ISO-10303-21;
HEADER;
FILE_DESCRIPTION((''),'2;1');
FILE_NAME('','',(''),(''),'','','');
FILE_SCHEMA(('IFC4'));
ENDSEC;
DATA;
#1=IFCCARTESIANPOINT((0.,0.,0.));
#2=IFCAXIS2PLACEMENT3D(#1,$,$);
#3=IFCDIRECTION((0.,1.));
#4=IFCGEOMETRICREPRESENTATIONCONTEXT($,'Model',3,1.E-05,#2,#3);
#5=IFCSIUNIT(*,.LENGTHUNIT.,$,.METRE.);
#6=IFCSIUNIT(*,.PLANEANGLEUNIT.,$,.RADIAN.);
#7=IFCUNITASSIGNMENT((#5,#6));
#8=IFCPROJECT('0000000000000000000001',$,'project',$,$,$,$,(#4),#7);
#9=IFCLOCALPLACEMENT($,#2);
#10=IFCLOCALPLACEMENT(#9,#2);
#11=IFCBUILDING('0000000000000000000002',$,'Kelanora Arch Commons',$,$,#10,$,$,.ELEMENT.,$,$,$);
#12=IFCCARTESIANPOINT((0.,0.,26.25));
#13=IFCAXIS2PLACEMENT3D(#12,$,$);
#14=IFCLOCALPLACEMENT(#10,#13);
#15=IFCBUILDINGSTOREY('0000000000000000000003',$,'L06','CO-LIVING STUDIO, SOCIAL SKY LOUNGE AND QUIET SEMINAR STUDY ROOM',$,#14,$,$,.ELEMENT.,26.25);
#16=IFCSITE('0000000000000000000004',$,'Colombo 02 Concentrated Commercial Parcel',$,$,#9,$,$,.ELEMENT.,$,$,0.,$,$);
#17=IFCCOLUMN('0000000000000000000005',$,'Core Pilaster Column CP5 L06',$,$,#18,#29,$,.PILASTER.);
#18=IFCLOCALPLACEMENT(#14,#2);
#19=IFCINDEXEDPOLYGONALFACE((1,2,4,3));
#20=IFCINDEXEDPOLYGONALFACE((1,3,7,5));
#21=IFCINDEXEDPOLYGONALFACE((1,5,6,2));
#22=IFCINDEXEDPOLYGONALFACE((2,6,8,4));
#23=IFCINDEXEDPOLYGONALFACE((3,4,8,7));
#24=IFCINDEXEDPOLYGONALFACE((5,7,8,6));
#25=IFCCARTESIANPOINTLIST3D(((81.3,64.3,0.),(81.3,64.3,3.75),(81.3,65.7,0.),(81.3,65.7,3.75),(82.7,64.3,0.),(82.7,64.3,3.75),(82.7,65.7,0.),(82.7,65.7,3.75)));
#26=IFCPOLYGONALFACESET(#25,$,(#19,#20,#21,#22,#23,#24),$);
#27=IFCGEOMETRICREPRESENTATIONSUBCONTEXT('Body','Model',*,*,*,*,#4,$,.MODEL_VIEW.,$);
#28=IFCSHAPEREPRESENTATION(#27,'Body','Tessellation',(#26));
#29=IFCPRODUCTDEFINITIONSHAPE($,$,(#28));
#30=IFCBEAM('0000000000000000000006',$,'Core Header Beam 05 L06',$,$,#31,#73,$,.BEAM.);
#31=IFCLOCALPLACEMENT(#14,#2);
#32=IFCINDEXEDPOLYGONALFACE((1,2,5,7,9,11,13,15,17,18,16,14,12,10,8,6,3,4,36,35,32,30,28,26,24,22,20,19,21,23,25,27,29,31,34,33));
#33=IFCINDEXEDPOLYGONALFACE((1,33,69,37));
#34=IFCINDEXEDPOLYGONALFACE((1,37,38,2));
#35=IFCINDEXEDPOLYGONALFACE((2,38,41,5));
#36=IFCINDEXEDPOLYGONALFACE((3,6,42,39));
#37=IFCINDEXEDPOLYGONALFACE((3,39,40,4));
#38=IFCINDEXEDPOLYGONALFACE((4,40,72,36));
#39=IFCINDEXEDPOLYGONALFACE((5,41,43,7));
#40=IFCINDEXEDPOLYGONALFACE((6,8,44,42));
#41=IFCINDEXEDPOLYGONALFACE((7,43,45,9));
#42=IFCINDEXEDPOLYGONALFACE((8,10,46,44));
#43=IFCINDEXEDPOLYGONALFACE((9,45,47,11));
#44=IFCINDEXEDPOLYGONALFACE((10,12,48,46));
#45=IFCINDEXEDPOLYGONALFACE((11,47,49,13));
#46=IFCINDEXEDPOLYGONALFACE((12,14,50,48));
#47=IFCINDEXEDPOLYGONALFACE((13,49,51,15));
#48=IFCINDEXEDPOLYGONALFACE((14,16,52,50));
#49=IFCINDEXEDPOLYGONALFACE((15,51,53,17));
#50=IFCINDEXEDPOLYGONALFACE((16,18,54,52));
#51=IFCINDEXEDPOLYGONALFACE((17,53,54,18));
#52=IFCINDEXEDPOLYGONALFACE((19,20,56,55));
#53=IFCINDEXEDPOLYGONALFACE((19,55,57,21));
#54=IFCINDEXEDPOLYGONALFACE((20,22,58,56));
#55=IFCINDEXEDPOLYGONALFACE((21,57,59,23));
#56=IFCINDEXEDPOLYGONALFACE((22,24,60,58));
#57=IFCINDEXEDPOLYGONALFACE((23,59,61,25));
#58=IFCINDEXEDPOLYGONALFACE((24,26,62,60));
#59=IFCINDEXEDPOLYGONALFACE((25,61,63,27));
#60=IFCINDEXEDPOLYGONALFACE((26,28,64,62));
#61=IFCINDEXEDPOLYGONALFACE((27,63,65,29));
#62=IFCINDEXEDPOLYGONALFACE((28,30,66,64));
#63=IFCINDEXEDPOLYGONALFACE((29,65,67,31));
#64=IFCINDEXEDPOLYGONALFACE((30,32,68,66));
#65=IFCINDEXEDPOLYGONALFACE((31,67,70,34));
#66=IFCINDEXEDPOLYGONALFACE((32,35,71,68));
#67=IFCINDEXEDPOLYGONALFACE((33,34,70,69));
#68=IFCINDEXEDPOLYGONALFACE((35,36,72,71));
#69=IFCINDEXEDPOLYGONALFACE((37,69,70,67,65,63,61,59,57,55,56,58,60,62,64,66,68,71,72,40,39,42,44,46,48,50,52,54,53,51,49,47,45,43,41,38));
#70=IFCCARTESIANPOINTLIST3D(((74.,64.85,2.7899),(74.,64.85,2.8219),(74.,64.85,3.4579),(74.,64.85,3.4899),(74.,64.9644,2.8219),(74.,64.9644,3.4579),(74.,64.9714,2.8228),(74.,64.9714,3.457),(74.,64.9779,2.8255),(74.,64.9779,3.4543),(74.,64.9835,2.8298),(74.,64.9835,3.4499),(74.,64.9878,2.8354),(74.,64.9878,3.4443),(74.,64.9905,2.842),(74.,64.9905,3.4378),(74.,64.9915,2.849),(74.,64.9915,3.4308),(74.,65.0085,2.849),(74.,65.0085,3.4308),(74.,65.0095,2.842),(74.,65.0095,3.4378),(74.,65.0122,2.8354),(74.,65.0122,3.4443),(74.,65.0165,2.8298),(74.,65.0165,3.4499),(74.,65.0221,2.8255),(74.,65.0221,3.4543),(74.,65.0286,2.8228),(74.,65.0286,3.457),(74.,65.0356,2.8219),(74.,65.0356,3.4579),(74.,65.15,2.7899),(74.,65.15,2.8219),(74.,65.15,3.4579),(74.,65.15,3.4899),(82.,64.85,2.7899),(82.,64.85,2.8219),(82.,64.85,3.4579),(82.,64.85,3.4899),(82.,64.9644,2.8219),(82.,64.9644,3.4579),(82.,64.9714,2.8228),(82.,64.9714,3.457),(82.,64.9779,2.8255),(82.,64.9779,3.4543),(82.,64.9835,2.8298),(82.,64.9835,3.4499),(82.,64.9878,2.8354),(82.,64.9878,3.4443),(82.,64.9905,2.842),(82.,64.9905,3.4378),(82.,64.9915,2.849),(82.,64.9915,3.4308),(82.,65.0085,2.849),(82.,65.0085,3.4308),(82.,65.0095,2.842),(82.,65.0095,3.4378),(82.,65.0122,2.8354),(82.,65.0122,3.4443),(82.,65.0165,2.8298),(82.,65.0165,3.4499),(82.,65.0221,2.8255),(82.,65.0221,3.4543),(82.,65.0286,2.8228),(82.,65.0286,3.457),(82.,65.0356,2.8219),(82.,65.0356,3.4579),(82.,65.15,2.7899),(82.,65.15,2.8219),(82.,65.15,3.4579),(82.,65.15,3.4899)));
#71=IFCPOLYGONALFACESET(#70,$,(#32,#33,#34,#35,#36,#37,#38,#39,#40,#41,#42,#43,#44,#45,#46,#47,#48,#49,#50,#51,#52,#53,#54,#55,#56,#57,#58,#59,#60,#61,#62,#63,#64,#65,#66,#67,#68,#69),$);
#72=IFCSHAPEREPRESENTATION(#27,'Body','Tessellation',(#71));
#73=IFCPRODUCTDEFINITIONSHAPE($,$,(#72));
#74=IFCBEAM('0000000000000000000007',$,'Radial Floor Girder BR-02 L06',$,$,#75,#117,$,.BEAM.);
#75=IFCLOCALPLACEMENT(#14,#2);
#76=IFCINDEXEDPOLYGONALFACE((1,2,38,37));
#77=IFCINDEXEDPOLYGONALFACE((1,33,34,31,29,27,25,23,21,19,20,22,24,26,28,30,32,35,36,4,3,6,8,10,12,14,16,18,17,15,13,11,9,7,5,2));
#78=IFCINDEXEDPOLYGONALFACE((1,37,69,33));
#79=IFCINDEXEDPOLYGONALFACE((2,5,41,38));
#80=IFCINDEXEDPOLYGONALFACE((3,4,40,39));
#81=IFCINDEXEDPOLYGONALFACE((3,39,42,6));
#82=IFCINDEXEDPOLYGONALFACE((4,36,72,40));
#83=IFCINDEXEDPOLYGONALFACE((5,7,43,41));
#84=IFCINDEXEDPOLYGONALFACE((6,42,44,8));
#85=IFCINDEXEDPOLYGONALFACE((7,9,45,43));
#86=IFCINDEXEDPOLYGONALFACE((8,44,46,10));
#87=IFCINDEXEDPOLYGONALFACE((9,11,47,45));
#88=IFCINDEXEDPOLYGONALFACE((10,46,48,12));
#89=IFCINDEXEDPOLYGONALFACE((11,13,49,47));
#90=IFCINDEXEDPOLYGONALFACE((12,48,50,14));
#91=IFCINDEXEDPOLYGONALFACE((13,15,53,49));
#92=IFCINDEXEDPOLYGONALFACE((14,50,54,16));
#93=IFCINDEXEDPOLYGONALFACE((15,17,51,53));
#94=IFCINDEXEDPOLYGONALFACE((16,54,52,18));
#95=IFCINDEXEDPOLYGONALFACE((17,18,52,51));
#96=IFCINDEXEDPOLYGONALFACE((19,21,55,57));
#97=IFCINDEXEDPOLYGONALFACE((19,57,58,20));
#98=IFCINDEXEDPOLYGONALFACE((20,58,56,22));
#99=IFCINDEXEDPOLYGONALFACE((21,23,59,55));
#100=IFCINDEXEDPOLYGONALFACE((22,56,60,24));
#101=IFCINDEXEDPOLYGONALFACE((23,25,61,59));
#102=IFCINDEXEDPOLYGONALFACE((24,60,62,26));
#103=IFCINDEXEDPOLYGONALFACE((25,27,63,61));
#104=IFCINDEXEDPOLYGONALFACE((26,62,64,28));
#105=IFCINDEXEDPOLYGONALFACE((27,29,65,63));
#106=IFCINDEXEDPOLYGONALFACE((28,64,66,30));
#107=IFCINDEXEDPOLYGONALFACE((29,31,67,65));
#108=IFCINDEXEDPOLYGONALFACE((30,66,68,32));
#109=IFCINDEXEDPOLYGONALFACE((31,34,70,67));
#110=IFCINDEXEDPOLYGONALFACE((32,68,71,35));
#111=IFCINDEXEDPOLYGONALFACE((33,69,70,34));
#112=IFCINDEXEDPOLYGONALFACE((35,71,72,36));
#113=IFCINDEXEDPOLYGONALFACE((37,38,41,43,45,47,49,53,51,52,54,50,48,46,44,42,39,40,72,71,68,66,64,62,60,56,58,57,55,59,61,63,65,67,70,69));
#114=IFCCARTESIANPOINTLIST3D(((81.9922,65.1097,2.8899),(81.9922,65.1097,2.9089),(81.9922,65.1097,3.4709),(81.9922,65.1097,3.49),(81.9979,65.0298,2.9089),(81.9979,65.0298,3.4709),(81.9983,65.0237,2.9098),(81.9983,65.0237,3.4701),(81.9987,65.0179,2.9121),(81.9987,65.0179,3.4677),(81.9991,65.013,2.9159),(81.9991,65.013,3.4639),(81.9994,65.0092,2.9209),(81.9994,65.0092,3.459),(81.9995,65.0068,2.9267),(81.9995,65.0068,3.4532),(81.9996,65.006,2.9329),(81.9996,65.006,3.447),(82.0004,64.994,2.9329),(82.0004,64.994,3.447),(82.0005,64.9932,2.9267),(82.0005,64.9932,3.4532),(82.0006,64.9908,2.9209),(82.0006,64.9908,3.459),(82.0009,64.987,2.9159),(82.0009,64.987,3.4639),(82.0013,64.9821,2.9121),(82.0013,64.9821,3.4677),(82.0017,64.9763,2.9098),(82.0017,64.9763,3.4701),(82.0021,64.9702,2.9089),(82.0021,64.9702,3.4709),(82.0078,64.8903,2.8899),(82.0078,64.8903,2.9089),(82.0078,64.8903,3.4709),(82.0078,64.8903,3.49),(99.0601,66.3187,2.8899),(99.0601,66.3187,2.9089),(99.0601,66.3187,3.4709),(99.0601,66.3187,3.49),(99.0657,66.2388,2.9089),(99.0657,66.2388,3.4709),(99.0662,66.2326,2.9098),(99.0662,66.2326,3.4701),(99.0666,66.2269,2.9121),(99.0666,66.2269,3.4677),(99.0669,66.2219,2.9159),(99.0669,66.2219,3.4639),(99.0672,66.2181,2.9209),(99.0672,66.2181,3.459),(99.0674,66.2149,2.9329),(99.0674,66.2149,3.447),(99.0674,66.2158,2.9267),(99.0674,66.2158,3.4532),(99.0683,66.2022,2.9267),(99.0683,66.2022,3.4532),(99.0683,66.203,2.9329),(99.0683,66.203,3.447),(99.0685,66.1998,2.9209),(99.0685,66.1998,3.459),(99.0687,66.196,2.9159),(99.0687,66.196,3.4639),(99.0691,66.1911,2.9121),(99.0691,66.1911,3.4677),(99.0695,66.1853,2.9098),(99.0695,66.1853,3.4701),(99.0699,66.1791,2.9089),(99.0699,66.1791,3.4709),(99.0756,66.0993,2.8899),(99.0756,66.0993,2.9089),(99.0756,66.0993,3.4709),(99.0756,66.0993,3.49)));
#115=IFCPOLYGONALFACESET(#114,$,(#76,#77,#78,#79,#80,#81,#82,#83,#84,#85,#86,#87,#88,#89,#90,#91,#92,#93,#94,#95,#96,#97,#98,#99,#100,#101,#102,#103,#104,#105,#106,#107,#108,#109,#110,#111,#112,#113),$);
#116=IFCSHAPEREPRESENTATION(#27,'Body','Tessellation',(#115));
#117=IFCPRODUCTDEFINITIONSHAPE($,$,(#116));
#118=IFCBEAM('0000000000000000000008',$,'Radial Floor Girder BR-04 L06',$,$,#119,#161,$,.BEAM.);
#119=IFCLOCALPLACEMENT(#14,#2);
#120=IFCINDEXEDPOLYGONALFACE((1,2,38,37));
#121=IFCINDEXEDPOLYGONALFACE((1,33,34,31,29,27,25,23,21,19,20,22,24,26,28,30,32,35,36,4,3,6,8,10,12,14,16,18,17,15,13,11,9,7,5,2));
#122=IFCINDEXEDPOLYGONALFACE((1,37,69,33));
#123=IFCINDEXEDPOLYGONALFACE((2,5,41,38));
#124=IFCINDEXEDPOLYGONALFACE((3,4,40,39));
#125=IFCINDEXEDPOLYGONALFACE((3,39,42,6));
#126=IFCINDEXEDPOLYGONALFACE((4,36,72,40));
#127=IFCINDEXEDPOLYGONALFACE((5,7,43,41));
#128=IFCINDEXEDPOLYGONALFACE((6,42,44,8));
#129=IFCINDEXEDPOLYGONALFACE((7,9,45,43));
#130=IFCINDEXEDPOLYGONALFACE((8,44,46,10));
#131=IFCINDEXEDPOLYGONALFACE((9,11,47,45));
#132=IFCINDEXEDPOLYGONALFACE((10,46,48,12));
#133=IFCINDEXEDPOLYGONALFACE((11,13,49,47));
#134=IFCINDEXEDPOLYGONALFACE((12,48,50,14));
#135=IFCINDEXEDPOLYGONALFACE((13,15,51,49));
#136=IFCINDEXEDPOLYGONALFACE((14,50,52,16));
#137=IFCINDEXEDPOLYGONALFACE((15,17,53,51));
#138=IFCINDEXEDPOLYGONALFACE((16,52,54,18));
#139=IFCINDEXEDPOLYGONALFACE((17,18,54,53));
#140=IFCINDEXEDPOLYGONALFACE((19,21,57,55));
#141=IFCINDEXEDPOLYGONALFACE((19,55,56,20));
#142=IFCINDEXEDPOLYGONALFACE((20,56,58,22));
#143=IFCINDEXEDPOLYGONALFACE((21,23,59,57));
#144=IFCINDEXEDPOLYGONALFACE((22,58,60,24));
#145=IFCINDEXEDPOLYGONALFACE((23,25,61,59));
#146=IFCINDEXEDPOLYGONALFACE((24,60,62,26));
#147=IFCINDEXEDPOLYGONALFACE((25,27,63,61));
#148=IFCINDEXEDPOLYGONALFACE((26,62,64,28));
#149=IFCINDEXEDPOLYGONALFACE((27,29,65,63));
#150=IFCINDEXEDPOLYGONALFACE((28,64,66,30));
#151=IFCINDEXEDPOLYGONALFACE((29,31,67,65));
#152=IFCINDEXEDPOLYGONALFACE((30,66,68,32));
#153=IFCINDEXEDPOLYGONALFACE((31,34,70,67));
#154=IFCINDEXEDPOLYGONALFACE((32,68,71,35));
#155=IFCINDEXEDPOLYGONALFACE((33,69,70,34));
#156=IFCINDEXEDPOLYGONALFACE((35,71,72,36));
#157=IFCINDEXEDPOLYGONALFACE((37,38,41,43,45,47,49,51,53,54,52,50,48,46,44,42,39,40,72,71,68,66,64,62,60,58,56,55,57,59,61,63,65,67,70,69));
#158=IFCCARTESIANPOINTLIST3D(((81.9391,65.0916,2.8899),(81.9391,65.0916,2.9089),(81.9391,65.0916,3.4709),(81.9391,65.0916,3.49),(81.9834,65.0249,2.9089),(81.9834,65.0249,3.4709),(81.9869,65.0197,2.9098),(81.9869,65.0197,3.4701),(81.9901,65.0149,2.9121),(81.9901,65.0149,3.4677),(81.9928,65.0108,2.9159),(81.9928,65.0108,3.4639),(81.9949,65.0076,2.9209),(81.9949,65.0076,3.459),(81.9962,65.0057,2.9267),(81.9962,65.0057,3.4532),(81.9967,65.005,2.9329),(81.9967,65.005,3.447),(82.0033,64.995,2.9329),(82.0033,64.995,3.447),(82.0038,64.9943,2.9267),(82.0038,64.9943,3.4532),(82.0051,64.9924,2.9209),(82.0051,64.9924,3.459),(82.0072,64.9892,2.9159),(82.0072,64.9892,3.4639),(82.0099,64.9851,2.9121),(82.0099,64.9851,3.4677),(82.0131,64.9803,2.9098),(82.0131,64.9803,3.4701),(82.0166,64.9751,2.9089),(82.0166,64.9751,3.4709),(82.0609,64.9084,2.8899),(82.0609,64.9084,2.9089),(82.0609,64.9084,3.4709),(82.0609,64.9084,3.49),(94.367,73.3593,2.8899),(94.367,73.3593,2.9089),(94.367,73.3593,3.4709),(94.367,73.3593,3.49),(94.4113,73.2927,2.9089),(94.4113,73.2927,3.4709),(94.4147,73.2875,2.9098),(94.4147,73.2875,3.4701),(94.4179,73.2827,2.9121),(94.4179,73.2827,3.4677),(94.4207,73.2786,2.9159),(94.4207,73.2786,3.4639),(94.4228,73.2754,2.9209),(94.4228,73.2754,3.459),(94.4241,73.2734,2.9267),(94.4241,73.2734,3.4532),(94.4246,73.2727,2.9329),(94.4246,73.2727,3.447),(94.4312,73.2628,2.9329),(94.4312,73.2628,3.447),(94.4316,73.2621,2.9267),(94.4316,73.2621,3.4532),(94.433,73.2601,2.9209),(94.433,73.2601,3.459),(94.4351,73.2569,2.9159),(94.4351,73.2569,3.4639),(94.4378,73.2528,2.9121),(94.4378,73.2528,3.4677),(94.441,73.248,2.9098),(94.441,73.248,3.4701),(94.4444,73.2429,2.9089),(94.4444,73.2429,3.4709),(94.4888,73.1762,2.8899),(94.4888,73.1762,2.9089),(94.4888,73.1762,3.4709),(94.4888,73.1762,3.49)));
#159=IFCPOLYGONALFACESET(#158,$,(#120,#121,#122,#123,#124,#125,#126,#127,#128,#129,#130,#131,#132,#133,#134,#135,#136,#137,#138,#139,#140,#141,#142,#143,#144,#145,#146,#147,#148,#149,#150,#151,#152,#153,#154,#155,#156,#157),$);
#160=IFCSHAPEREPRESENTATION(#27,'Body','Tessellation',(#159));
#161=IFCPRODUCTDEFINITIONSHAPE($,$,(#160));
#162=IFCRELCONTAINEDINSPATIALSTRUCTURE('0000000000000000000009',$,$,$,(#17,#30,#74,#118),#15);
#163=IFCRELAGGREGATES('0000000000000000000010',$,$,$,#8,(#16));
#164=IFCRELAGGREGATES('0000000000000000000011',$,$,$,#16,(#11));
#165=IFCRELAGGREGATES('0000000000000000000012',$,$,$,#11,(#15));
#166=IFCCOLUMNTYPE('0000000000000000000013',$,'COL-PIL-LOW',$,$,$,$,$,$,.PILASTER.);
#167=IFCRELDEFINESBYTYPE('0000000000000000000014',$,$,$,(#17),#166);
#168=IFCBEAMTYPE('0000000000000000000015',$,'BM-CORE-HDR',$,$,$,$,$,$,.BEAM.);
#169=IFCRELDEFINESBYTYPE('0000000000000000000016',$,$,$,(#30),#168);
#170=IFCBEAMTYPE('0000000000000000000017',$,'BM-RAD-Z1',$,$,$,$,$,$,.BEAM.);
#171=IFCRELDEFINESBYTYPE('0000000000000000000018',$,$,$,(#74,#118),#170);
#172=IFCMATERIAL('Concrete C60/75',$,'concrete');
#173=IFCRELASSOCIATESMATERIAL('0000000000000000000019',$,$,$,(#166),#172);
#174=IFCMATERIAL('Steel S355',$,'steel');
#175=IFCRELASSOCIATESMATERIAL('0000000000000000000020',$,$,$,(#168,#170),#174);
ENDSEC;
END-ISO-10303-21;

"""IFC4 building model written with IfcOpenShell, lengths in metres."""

from ifc_helpers import new_model, si_unit, direction, frame, origin, origin_2d, place, context, subcontext, project, spatial, rectangle, i_section, extrude, material, material_profile, profile_set, type_object, element, save


model = new_model("IFC4")

# Units and contexts
model_context = context("Model", 3, precision=1e-05, world=origin(), true_north=direction((0.0, 1.0)))
body_context = subcontext(model_context, "Body", "Model", "MODEL_VIEW")
ifc_project = project(units=[si_unit("LENGTHUNIT", "METRE"), si_unit("PLANEANGLEUNIT", "RADIAN")], contexts=[model_context])

# Site, building, storey
site_placement = place(None, origin())
site = spatial("IfcSite", under=ifc_project, at=site_placement, Name="Colombo 02 Concentrated Commercial Parcel", CompositionType="ELEMENT", RefElevation=0.0)
building_placement = place(site_placement, origin())
building = spatial("IfcBuilding", under=site, at=building_placement, Name="Kelanora Arch Commons", CompositionType="ELEMENT")
storey_placement = place(building_placement, frame((0.0, 0.0, 26.25)))
storey = spatial("IfcBuildingStorey", under=building, at=storey_placement, Name="L06", Description="CO-LIVING STUDIO, SOCIAL SKY LOUNGE AND QUIET SEMINAR STUDY ROOM", CompositionType="ELEMENT", Elevation=26.25)

# Column
ifc_material_1 = material(Name="Concrete C60/75", Category="concrete")
ifc_material_profile_1 = material_profile(ifc_material_1, rectangle(XDim=1.3999, YDim=1.3999, at=origin_2d()), Name="RC1400x1400")
ifc_profile_set_1 = profile_set([ifc_material_profile_1], Name="Concrete C60/75")
column_type = type_object("IfcColumnType", Name="COL-PIL-LOW", PredefinedType="PILASTER", material=ifc_profile_set_1)
column_placement = place(storey_placement, frame((82.0, 65.0, 0.0), z_axis=(0.0, 0.0, 1.0), x_axis=(1.0, 0.0, 0.0)))
element("IfcColumn", 1, at=column_placement, inside=storey, type_object=column_type, Name="Core Pilaster Column CP5 L06", PredefinedType="PILASTER", context=body_context, shape_type="SweptSolid", body=[
    extrude(rectangle(XDim=1.3999, YDim=1.3999, at=origin_2d()), origin(), (0.0, 0.0, 1.0), 3.75),
])

# Beams
ifc_material_2 = material(Name="Steel S355", Category="steel")
ifc_material_profile_2 = material_profile(ifc_material_2, i_section(OverallWidth=0.3, OverallDepth=0.7, WebThickness=0.0171, FlangeThickness=0.032, FilletRadius=0.0271, at=origin_2d()), Name="HEB700")
ifc_profile_set_2 = profile_set([ifc_material_profile_2], Name="Steel S355")
beam_type_1 = type_object("IfcBeamType", Name="BM-CORE-HDR", PredefinedType="BEAM", material=ifc_profile_set_2)
beam_1_placement = place(storey_placement, frame((82.0, 65.0, 3.1399), z_axis=(-1.0, 0.0, 0.0), x_axis=(0.0, -1.0, 0.0)))
element("IfcBeam", 2, at=beam_1_placement, inside=storey, type_object=beam_type_1, Name="Core Header Beam 05 L06", PredefinedType="BEAM", context=body_context, shape_type="SweptSolid", body=[
    extrude(i_section(OverallWidth=0.3, OverallDepth=0.7, WebThickness=0.0171, FlangeThickness=0.032, FilletRadius=0.0271, at=origin_2d()), origin(), (0.0, 0.0, 1.0), 8.0),
])
ifc_material_profile_3 = material_profile(ifc_material_2, i_section(OverallWidth=0.22, OverallDepth=0.6001, WebThickness=0.012, FlangeThickness=0.019, FilletRadius=0.0239, at=origin_2d()), Name="IPE600")
ifc_profile_set_3 = profile_set([ifc_material_profile_3], Name="Steel S355")
beam_type_2 = type_object("IfcBeamType", Name="BM-RAD-Z1", PredefinedType="BEAM", material=ifc_profile_set_3)
beam_2_placement = place(storey_placement, frame((82.0, 65.0, 3.1899), z_axis=(0.997501, 0.070657, 0.0), x_axis=(-0.070657, 0.997501, 0.0)))
element("IfcBeam", 3, at=beam_2_placement, inside=storey, type_object=beam_type_2, Name="Radial Floor Girder BR-02 L06", PredefinedType="BEAM", context=body_context, shape_type="SweptSolid", body=[
    extrude(i_section(OverallWidth=0.22, OverallDepth=0.6001, WebThickness=0.012, FlangeThickness=0.019, FilletRadius=0.0239, at=origin_2d()), origin(), (0.0, 0.0, 1.0), 17.1106),
])
beam_3_placement = place(storey_placement, frame((82.0, 65.0, 3.1899), z_axis=(0.832591, 0.553888, 0.0), x_axis=(-0.553888, 0.832591, 0.0)))
element("IfcBeam", 4, at=beam_3_placement, inside=storey, type_object=beam_type_2, Name="Radial Floor Girder BR-04 L06", PredefinedType="BEAM", context=body_context, shape_type="SweptSolid", body=[
    extrude(i_section(OverallWidth=0.22, OverallDepth=0.6001, WebThickness=0.012, FlangeThickness=0.019, FilletRadius=0.0239, at=origin_2d()), origin(), (0.0, 0.0, 1.0), 14.9268),
])

save(model, "model.ifc")
